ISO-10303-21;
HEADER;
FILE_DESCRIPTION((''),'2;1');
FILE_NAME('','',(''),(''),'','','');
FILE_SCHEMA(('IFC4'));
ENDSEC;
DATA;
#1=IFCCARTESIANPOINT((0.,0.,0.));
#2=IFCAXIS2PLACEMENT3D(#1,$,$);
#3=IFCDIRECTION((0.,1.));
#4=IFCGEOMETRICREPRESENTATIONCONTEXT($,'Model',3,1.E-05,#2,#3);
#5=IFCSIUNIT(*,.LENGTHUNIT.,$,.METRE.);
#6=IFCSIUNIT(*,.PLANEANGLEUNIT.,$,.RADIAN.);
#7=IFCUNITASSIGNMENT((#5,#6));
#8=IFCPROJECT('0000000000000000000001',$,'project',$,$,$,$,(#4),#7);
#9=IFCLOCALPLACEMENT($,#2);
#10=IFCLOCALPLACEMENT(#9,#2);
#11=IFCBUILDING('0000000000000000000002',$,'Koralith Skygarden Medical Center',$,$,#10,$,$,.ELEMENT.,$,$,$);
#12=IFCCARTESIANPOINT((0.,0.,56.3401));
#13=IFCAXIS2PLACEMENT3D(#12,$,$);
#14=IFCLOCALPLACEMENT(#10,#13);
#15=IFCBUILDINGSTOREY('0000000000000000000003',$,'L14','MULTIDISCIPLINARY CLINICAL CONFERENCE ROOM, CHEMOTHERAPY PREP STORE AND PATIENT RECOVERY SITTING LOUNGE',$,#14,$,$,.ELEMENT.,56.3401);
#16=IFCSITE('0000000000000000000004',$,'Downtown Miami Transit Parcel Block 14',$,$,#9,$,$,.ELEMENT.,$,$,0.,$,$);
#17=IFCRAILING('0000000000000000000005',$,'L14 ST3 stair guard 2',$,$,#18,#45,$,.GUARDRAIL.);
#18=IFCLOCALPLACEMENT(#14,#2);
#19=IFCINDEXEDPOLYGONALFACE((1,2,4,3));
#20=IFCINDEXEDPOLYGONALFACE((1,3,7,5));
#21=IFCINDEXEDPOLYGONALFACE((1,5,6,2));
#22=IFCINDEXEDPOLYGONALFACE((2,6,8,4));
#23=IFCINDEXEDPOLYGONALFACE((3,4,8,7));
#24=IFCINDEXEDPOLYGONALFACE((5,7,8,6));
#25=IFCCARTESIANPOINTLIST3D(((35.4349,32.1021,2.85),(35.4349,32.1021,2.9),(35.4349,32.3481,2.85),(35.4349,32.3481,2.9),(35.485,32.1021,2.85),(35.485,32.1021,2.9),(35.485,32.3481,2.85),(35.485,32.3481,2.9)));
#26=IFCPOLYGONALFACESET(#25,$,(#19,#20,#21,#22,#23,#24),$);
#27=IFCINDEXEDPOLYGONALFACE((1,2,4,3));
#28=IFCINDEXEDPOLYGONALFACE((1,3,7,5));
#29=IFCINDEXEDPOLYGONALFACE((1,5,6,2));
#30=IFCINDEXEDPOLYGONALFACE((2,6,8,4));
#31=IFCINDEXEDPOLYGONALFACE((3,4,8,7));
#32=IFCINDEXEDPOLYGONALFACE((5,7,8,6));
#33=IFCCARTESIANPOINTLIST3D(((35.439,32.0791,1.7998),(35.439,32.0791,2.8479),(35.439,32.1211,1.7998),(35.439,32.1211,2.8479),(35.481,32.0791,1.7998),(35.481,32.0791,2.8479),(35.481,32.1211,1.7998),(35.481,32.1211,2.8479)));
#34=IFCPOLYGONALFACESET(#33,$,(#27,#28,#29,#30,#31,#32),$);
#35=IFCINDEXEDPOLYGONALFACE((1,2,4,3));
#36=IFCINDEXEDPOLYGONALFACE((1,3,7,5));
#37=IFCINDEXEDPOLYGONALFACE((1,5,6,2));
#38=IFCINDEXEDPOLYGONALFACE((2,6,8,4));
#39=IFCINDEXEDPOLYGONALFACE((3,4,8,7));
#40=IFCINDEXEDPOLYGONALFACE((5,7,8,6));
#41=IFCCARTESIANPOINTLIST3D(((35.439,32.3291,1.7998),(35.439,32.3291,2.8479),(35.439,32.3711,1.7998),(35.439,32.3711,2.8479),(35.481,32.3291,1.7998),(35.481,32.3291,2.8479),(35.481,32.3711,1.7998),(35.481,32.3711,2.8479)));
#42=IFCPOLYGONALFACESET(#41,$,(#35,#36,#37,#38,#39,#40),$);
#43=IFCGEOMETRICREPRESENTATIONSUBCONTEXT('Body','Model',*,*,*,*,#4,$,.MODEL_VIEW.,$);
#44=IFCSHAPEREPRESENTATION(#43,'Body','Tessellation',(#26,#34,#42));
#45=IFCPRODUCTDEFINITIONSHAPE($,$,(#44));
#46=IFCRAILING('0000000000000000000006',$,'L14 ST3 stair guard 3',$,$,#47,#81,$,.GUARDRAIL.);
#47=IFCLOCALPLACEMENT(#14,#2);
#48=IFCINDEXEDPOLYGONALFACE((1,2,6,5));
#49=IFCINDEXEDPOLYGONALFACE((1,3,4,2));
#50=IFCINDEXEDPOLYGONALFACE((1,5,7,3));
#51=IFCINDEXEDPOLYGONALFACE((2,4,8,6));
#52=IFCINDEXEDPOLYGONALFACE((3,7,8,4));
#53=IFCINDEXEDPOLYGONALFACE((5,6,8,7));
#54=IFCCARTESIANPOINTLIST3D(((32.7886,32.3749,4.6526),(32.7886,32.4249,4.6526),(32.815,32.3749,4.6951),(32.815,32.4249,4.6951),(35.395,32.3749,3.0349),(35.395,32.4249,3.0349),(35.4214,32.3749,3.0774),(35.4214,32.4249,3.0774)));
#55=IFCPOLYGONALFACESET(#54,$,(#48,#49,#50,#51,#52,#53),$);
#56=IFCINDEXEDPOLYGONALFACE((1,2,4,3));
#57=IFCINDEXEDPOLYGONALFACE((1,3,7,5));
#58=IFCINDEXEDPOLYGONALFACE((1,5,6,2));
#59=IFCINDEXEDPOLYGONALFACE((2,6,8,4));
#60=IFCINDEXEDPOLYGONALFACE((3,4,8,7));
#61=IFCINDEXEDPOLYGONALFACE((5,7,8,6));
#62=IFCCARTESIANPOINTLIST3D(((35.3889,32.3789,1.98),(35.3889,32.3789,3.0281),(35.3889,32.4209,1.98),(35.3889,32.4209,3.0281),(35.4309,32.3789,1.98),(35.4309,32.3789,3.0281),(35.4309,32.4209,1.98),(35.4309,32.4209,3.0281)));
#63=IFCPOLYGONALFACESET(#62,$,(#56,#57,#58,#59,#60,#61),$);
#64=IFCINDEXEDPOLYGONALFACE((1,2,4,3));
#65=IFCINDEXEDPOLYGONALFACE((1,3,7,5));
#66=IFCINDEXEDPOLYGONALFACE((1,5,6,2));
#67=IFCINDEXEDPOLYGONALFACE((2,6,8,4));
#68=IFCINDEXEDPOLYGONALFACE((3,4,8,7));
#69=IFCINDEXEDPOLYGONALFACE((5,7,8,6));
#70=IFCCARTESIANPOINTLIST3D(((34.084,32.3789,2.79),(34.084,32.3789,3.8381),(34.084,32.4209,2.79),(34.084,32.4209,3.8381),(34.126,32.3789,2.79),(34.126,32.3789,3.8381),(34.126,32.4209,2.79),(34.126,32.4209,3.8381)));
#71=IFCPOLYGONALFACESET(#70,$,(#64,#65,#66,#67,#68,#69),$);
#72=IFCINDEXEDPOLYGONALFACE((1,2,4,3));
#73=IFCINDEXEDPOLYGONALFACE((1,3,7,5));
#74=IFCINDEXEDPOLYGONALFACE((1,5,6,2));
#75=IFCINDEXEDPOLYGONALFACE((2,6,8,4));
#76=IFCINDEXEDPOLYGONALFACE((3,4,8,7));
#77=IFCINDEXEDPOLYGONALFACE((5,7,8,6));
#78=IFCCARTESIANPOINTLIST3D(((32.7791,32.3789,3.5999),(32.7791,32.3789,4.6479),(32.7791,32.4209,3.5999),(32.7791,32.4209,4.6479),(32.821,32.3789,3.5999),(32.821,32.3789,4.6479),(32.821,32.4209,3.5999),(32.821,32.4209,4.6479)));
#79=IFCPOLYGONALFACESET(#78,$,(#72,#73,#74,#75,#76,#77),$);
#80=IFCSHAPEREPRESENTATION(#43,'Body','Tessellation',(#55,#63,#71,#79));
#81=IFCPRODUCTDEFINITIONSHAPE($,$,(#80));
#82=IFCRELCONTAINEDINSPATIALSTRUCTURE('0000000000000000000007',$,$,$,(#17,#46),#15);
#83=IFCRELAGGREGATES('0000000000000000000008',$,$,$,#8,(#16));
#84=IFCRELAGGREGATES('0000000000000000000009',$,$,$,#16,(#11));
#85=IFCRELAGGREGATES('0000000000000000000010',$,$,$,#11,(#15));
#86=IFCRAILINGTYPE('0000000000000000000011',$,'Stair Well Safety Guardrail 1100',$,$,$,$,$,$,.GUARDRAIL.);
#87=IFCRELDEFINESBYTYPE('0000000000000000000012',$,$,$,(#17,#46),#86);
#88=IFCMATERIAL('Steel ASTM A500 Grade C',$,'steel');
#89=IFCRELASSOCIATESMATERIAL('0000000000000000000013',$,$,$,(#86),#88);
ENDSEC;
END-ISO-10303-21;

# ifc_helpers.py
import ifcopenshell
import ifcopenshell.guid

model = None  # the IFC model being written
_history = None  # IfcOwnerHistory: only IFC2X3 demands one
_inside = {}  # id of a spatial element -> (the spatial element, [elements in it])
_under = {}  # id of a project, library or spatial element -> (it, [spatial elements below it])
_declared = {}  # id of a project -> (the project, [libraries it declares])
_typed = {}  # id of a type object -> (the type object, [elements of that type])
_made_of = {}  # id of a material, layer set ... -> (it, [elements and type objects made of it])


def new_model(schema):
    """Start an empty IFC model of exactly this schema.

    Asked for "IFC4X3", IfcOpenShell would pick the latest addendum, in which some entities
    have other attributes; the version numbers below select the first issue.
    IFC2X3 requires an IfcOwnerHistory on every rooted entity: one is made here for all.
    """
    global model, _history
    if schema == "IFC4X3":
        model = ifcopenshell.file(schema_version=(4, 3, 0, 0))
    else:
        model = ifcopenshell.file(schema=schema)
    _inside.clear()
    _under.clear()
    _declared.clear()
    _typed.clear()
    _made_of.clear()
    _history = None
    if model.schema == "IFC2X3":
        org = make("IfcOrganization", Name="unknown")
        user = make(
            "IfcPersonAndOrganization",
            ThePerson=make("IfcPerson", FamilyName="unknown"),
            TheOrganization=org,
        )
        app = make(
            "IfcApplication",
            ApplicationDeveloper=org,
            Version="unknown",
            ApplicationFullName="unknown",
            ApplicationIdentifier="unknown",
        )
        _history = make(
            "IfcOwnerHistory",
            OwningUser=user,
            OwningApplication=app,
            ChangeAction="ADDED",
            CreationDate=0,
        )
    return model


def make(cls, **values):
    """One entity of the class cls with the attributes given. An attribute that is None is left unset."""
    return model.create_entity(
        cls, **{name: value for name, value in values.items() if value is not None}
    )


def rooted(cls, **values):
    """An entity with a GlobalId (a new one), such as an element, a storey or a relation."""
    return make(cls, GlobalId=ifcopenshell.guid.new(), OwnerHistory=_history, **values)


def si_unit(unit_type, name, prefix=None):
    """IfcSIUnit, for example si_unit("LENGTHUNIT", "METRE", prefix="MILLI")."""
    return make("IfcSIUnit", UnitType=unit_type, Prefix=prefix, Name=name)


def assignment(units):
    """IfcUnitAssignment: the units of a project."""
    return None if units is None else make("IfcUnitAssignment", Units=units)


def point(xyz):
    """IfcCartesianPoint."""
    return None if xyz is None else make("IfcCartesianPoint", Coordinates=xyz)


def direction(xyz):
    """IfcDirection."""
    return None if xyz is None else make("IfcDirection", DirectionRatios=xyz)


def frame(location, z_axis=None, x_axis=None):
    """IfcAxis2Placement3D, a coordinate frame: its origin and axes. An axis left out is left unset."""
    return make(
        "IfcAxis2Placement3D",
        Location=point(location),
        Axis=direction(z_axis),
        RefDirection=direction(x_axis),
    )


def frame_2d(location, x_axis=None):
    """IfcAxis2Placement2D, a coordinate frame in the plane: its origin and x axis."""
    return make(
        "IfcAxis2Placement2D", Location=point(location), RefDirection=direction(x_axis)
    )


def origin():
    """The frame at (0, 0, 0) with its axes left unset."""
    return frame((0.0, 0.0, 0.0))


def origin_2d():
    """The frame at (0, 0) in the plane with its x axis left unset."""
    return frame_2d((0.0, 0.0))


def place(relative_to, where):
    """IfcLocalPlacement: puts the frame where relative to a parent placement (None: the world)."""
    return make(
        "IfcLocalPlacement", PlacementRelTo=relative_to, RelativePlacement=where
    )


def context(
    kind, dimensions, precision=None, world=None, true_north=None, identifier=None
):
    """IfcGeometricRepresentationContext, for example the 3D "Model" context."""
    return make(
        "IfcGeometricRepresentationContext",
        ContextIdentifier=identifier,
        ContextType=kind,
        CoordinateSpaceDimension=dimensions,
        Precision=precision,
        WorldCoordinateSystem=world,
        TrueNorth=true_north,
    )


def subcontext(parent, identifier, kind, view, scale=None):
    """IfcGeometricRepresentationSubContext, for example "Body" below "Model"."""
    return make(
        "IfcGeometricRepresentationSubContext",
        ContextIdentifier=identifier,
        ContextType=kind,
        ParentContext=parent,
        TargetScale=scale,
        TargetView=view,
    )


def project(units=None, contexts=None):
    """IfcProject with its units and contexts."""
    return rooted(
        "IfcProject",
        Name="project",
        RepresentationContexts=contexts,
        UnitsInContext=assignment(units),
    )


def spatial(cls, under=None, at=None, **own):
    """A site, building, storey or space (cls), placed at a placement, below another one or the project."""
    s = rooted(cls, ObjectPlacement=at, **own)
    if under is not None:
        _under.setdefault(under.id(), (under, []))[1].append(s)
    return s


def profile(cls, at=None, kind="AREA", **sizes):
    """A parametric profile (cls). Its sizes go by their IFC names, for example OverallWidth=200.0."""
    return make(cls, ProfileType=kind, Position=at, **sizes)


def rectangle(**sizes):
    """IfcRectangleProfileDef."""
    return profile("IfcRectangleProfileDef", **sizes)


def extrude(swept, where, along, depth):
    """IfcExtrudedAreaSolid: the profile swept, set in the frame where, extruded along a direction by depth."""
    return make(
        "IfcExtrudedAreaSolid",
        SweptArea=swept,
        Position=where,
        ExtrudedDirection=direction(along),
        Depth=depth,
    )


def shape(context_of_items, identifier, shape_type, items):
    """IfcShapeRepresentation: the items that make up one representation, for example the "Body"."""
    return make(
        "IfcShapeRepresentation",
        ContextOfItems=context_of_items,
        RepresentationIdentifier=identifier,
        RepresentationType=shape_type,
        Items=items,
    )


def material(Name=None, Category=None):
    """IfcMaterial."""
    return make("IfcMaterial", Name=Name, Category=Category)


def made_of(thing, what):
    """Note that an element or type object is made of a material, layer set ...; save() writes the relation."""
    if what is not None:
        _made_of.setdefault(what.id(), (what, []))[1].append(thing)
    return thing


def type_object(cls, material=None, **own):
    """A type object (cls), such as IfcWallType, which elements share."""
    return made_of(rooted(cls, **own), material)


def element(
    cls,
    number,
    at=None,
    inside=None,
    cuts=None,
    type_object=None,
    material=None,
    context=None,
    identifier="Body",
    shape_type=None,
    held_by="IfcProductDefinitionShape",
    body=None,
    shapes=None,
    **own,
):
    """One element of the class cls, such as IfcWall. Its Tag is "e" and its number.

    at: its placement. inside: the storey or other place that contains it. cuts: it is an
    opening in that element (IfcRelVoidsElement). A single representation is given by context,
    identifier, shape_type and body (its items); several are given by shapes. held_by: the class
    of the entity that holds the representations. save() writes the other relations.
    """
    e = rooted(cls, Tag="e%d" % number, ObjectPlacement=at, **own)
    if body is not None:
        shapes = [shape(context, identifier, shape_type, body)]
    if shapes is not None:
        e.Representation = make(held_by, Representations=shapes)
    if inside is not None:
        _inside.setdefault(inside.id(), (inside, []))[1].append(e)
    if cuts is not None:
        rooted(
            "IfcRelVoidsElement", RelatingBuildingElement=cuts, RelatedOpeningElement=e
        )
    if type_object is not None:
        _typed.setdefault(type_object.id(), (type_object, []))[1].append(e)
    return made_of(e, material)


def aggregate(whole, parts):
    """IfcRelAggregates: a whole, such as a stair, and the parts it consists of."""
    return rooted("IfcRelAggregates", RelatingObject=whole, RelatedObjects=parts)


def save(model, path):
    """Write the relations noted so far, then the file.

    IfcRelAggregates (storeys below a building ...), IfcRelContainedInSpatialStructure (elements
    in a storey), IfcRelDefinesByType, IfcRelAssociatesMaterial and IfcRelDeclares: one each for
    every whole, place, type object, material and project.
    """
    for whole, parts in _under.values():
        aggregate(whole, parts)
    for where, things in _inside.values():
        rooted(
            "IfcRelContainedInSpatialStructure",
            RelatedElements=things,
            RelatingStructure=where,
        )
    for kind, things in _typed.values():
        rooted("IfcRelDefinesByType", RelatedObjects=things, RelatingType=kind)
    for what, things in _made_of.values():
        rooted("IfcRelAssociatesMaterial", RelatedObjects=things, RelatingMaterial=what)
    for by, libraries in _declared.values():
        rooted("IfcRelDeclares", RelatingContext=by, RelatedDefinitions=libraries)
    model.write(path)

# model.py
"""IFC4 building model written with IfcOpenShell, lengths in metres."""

from ifc_helpers import new_model, si_unit, direction, frame, origin, origin_2d, place, context, subcontext, project, spatial, rectangle, extrude, material, type_object, element, save


model = new_model("IFC4")

# Units and contexts
model_context = context("Model", 3, precision=1e-05, world=origin(), true_north=direction((0.0, 1.0)))
body_context = subcontext(model_context, "Body", "Model", "MODEL_VIEW")
ifc_project = project(units=[si_unit("LENGTHUNIT", "METRE"), si_unit("PLANEANGLEUNIT", "RADIAN")], contexts=[model_context])

# Site, building, storey
site_placement = place(None, origin())
site = spatial("IfcSite", under=ifc_project, at=site_placement, Name="Downtown Miami Transit Parcel Block 14", CompositionType="ELEMENT", RefElevation=0.0)
building_placement = place(site_placement, origin())
building = spatial("IfcBuilding", under=site, at=building_placement, Name="Koralith Skygarden Medical Center", CompositionType="ELEMENT")
storey_placement = place(building_placement, frame((0.0, 0.0, 56.3401)))
storey = spatial("IfcBuildingStorey", under=building, at=storey_placement, Name="L14", Description="MULTIDISCIPLINARY CLINICAL CONFERENCE ROOM, CHEMOTHERAPY PREP STORE AND PATIENT RECOVERY SITTING LOUNGE", CompositionType="ELEMENT", Elevation=56.3401)

# Railings
ifc_material_1 = material(Name="Steel ASTM A500 Grade C", Category="steel")
railing_type_1 = type_object("IfcRailingType", Name="Stair Well Safety Guardrail 1100", PredefinedType="GUARDRAIL", material=ifc_material_1)
railing_1_placement = place(storey_placement, frame((35.46, 32.1001, 1.7998)))
element("IfcRailing", 1, at=railing_1_placement, inside=storey, type_object=railing_type_1, Name="L14 ST3 stair guard 2", PredefinedType="GUARDRAIL", context=body_context, shape_type="SweptSolid", body=[
    extrude(rectangle(XDim=0.05, YDim=0.05, at=origin_2d()), frame((0.0, 0.002, 1.0752), z_axis=(0.0, 1.0, 0.0), x_axis=(-1.0, 0.0, 0.0)), (0.0, 0.0, 1.0), 0.2461),
    extrude(rectangle(XDim=0.042, YDim=0.042, at=origin_2d()), origin(), (0.0, 0.0, 1.0), 1.0481),
    extrude(rectangle(XDim=0.042, YDim=0.042, at=origin_2d()), frame((0.0, 0.25, 0.0)), (0.0, 0.0, 1.0), 1.0481),
])
railing_2_placement = place(storey_placement, frame((35.4099, 32.3999, 1.98)))
element("IfcRailing", 2, at=railing_2_placement, inside=storey, type_object=railing_type_1, Name="L14 ST3 stair guard 3", PredefinedType="GUARDRAIL", context=body_context, shape_type="SweptSolid", body=[
    extrude(rectangle(XDim=0.05, YDim=0.05, at=origin_2d()), frame((-0.0017, 0.0, 1.0762), z_axis=(-0.849646, 0.0, 0.527353), x_axis=(0.0, -1.0, 0.0)), (0.0, 0.0, 1.0), 3.0676),
    extrude(rectangle(XDim=0.042, YDim=0.042, at=origin_2d()), origin(), (0.0, 0.0, 1.0), 1.0481),
    extrude(rectangle(XDim=0.042, YDim=0.042, at=origin_2d()), frame((-1.3049, 0.0, 0.8101)), (0.0, 0.0, 1.0), 1.0481),
    extrude(rectangle(XDim=0.042, YDim=0.042, at=origin_2d()), frame((-2.6099, 0.0, 1.6199)), (0.0, 0.0, 1.0), 1.0481),
])

save(model, "model.ifc")
